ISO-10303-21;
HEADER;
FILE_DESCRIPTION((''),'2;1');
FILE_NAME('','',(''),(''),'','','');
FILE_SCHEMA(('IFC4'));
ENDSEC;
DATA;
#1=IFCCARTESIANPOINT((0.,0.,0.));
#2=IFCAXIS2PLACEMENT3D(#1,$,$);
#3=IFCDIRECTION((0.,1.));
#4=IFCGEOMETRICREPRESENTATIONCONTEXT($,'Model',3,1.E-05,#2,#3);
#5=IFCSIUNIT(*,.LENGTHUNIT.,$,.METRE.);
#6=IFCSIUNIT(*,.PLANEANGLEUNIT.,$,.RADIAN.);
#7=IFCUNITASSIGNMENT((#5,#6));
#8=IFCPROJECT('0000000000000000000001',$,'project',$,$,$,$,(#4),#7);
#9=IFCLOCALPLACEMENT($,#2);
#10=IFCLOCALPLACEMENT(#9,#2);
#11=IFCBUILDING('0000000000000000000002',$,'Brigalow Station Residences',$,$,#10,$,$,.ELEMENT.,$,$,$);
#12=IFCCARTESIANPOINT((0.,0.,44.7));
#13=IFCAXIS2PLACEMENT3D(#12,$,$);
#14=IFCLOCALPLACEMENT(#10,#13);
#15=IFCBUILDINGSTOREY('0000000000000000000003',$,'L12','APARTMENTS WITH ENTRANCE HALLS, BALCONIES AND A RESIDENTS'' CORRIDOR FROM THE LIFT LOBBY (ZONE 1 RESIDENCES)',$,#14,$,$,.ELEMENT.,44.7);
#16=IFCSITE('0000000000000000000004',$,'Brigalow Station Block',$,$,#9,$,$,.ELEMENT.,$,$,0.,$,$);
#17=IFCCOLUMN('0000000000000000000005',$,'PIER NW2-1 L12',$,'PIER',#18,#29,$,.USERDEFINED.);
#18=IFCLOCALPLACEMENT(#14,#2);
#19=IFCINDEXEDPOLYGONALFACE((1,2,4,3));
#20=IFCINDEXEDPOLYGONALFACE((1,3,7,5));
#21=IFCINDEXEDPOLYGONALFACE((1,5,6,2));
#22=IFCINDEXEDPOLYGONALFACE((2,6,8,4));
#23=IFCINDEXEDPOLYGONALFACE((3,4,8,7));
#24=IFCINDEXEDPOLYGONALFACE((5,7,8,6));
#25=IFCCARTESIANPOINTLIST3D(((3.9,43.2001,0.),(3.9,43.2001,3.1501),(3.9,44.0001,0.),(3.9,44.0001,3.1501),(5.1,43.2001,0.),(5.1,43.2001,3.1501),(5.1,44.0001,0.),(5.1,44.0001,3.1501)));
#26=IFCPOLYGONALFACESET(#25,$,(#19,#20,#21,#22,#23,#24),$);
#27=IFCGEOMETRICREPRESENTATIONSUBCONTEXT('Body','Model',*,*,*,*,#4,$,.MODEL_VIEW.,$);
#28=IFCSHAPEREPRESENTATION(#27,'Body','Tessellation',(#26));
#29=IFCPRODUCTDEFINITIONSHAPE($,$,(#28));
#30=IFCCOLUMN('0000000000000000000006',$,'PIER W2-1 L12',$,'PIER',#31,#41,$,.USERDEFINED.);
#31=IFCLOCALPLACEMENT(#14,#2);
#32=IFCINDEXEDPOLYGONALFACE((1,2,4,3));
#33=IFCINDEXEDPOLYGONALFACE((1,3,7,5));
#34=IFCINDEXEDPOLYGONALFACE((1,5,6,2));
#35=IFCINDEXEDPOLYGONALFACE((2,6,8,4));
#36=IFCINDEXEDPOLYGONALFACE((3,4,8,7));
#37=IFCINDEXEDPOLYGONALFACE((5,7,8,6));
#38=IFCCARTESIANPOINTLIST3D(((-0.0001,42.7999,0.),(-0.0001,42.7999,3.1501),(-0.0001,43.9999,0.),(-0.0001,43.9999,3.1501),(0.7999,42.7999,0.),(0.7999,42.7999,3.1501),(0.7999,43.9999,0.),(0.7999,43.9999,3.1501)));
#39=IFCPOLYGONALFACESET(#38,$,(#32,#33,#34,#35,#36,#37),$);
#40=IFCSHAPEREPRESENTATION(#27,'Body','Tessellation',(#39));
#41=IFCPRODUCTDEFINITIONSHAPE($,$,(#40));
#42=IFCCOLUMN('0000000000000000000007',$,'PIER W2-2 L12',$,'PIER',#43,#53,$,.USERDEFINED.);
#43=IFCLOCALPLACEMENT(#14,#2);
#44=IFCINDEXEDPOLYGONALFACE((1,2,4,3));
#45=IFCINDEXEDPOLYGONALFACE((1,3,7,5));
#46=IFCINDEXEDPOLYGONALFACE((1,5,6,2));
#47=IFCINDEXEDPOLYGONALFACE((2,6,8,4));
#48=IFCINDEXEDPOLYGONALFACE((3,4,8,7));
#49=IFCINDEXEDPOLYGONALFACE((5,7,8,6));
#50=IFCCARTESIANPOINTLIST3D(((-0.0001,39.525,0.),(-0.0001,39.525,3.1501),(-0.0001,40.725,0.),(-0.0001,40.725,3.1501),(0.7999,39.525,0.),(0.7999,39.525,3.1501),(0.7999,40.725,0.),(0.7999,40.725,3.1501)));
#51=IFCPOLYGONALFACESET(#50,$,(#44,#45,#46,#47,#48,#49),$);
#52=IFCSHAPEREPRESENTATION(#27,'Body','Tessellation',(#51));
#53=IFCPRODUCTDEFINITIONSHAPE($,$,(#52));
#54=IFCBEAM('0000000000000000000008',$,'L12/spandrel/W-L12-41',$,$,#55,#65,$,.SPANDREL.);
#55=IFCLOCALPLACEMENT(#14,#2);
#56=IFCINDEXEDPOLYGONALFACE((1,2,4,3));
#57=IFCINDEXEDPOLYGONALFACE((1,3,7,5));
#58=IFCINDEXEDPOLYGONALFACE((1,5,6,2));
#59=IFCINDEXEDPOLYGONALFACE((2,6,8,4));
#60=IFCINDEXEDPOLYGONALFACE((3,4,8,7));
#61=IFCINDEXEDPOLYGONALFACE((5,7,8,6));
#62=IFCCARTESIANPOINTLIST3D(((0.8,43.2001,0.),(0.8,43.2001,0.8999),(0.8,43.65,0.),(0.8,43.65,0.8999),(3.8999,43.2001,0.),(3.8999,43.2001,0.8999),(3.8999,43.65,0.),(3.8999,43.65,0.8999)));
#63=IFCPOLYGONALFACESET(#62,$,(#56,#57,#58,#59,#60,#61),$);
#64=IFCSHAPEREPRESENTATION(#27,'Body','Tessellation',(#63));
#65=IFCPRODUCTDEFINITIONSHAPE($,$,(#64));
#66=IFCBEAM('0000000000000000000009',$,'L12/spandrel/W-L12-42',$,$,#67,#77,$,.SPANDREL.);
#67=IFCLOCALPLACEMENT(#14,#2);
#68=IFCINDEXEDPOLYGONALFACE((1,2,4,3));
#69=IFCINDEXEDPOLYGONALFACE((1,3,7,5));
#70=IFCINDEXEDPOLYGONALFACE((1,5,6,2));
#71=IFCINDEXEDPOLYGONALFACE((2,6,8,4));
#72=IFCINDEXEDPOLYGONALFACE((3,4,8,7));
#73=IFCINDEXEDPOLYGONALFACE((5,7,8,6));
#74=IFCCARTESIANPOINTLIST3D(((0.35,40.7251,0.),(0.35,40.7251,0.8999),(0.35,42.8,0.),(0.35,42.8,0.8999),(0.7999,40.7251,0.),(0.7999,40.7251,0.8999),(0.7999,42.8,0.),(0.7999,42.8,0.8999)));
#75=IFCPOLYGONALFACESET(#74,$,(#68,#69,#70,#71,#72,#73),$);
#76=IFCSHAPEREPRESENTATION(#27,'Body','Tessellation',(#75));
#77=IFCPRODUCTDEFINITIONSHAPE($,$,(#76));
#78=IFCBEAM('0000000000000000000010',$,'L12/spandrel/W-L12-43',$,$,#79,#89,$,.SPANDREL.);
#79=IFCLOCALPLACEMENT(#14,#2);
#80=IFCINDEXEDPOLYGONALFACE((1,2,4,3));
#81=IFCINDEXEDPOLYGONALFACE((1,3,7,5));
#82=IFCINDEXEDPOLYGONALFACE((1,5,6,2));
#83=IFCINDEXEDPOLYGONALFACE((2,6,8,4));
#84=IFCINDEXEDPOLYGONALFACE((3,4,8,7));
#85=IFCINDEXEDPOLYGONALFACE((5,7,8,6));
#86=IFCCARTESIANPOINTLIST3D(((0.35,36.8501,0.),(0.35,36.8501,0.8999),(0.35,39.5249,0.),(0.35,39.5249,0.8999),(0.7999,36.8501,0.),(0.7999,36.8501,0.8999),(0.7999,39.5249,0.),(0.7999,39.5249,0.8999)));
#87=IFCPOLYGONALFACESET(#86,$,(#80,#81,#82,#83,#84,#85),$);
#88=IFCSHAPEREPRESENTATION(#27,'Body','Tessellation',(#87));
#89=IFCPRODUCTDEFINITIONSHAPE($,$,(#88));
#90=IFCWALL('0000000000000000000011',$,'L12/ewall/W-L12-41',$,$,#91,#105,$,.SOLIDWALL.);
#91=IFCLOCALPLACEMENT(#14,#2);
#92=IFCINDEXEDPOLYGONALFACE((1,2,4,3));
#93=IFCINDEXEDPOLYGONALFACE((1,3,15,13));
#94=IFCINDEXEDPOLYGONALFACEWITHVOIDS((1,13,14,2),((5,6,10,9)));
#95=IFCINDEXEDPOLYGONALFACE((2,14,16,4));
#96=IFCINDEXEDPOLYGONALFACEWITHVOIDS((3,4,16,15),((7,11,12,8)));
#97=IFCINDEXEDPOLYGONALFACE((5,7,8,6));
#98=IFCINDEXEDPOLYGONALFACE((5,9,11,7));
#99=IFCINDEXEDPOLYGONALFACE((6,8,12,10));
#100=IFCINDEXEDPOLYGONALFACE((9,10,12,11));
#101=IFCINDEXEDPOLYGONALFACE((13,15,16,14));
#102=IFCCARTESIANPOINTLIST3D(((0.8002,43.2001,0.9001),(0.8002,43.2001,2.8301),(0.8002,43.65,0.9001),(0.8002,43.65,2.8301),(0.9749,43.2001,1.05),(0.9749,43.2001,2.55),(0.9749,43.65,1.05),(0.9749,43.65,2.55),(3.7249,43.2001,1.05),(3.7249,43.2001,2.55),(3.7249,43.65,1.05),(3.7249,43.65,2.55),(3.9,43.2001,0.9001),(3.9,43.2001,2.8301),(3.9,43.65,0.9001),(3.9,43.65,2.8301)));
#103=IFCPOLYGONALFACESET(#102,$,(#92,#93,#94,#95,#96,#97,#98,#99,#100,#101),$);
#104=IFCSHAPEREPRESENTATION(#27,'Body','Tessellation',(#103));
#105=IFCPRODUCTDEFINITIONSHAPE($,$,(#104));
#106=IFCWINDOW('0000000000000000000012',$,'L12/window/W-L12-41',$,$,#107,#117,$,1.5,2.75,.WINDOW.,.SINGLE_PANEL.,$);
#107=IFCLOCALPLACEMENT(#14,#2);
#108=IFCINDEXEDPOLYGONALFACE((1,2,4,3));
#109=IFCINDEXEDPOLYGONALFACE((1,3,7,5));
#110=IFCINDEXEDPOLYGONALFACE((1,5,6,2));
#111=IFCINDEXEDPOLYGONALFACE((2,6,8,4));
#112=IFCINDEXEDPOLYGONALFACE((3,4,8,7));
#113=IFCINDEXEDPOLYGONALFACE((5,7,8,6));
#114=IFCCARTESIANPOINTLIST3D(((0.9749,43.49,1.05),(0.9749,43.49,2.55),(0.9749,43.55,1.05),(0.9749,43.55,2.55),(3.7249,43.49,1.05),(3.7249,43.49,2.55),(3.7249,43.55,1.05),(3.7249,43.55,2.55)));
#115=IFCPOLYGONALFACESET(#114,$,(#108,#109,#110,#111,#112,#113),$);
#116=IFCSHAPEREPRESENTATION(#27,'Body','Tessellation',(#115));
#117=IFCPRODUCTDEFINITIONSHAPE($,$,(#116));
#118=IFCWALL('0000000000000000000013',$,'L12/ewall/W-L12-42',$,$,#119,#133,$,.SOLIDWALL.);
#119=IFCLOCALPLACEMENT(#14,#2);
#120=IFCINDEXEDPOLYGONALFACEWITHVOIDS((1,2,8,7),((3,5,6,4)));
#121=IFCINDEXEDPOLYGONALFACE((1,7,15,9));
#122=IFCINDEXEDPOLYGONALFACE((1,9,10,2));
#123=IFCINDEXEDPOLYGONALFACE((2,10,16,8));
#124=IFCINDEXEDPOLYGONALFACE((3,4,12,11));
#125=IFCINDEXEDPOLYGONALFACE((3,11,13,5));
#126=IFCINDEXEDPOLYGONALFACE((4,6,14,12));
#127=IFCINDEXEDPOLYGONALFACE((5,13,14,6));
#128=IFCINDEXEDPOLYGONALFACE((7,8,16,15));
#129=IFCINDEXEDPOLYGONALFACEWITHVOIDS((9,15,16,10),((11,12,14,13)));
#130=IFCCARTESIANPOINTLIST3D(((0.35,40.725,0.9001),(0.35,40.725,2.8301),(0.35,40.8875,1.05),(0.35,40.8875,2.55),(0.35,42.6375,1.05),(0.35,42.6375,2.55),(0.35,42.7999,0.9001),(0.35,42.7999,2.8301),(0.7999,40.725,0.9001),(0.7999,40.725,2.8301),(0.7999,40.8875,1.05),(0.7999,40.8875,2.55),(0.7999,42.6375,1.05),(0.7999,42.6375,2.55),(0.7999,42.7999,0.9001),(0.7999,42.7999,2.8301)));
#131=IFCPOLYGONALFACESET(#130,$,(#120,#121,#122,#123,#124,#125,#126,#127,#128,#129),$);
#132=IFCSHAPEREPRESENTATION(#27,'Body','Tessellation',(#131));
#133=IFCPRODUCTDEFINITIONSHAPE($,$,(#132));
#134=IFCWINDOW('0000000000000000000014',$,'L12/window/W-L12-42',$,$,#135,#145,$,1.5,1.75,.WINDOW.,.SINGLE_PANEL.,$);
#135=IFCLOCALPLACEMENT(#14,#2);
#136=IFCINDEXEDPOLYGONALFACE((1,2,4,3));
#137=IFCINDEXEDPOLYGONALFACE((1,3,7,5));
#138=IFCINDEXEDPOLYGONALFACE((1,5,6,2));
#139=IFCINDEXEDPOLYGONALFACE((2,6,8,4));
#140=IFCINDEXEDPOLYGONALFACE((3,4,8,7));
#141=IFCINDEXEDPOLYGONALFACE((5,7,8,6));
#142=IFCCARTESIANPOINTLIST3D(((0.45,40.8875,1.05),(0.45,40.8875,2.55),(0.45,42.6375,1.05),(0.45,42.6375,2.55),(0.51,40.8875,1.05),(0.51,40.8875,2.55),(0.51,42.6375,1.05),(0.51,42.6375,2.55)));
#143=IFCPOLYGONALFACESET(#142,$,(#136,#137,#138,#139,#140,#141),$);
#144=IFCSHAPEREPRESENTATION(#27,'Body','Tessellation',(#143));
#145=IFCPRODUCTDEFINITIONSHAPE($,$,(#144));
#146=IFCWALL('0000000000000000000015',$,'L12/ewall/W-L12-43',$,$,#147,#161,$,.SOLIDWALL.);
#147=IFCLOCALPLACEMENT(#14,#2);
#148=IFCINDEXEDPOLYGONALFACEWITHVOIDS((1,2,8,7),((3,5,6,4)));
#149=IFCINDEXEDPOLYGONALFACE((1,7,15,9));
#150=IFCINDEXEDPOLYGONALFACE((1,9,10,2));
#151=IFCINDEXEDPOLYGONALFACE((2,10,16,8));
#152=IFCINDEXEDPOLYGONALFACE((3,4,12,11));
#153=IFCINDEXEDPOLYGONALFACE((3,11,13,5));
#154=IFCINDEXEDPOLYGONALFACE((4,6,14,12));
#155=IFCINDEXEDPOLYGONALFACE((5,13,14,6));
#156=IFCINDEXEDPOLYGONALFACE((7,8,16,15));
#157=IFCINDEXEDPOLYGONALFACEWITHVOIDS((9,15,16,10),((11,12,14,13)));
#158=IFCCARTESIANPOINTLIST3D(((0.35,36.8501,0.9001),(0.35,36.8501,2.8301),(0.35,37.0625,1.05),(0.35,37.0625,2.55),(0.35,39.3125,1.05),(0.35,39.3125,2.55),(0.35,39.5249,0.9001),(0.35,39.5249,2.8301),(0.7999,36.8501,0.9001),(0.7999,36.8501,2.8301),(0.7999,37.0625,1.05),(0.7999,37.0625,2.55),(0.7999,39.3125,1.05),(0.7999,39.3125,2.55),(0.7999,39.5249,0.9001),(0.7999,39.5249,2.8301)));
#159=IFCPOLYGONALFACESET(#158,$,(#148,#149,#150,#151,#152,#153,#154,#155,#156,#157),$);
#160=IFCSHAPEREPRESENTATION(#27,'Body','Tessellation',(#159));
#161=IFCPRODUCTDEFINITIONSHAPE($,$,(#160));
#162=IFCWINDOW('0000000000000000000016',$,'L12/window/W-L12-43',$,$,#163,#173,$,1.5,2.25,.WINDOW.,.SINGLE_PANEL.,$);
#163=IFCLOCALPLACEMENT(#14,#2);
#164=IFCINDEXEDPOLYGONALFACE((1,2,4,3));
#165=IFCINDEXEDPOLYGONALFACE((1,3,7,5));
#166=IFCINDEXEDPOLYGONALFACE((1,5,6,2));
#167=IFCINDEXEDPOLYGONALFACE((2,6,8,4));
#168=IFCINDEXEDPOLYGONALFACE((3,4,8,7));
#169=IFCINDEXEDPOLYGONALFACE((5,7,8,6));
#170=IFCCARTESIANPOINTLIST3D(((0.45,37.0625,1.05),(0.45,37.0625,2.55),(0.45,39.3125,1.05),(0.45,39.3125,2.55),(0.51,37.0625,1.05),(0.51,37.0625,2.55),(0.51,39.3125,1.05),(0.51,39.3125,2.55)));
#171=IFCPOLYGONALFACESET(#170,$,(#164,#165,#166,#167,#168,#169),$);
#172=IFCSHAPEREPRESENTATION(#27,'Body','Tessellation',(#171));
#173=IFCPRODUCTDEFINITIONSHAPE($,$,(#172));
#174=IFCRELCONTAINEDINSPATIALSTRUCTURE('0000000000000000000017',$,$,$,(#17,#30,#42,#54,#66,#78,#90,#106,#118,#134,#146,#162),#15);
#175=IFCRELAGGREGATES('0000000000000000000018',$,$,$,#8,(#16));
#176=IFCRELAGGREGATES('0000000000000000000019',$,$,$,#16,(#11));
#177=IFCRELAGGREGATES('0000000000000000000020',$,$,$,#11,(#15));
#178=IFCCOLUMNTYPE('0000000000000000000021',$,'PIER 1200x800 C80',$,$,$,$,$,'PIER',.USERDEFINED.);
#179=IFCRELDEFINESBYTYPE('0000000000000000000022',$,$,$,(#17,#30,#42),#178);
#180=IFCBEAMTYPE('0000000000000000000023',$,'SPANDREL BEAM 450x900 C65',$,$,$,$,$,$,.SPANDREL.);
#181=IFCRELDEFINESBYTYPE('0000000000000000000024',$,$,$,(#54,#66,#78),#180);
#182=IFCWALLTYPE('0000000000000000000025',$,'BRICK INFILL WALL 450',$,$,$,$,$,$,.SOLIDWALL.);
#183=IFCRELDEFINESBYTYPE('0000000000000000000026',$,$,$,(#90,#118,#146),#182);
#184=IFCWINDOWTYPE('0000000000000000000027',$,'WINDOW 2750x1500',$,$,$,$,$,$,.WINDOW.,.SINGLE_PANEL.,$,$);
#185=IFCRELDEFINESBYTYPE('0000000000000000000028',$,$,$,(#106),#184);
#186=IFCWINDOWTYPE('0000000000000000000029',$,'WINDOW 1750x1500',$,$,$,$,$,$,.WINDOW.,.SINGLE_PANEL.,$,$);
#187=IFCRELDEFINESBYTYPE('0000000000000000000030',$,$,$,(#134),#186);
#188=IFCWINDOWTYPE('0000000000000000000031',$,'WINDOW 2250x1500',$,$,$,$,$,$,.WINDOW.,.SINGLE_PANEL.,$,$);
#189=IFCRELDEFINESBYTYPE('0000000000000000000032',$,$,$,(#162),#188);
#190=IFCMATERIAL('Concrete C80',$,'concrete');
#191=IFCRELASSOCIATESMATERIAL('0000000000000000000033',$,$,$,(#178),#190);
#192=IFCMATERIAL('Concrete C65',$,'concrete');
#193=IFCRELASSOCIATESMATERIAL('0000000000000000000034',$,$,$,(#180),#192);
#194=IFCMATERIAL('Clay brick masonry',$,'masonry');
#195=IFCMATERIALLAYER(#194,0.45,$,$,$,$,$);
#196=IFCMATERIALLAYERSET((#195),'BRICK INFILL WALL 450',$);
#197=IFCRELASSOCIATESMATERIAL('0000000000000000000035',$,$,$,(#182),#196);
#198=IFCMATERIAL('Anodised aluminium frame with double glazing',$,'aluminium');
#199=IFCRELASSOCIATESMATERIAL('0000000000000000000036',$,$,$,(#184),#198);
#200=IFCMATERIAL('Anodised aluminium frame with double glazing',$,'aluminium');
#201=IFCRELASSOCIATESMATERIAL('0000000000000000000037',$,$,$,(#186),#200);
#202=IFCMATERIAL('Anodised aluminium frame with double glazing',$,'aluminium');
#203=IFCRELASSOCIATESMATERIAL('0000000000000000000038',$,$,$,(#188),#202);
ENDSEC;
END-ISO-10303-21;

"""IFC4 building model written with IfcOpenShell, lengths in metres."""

from ifc_helpers import new_model, si_unit, direction, frame, frame_2d, origin, origin_2d, place, context, subcontext, project, spatial, rectangle, extrude, material, layer, layer_set, material_profile, profile_set, type_object, element, fill, save


model = new_model("IFC4")

# Units and contexts
model_context = context("Model", 3, precision=1e-05, world=origin(), true_north=direction((0.0, 1.0)))
body_context = subcontext(model_context, "Body", "Model", "MODEL_VIEW")
ifc_project = project(units=[si_unit("LENGTHUNIT", "METRE"), si_unit("PLANEANGLEUNIT", "RADIAN")], contexts=[model_context])

# Site, building, storey
site_placement = place(None, origin())
site = spatial("IfcSite", under=ifc_project, at=site_placement, Name="Brigalow Station Block", CompositionType="ELEMENT", RefElevation=0.0)
building_placement = place(site_placement, origin())
building = spatial("IfcBuilding", under=site, at=building_placement, Name="Brigalow Station Residences", CompositionType="ELEMENT")
storey_placement = place(building_placement, frame((0.0, 0.0, 44.7)))
storey = spatial("IfcBuildingStorey", under=building, at=storey_placement, Name="L12", Description="APARTMENTS WITH ENTRANCE HALLS, BALCONIES AND A RESIDENTS' CORRIDOR FROM THE LIFT LOBBY (ZONE 1 RESIDENCES)", CompositionType="ELEMENT", Elevation=44.7)

# Columns
ifc_material_1 = material(Name="Concrete C80", Category="concrete")
ifc_material_profile_1 = material_profile(ifc_material_1, rectangle(XDim=1.2, YDim=0.8, at=origin_2d()), Name="RC1200x800")
ifc_profile_set_1 = profile_set([ifc_material_profile_1], Name="Concrete C80")
column_type = type_object("IfcColumnType", Name="PIER 1200x800 C80", ElementType="PIER", PredefinedType="USERDEFINED", material=ifc_profile_set_1)
for number, where, z_axis, x_axis, name in (
    (1, (4.5, 43.6001, 0.0), (0.0, 0.0, 1.0), (-1.0, 0.0, 0.0), "PIER NW2-1 L12"),
    (2, (0.3999, 43.3999, 0.0), (0.0, 0.0, 1.0), (0.0, -1.0, 0.0), "PIER W2-1 L12"),
    (3, (0.3999, 40.125, 0.0), (0.0, 0.0, 1.0), (0.0, -1.0, 0.0), "PIER W2-2 L12"),
):
    element("IfcColumn", number, at=place(storey_placement, frame(where, z_axis=z_axis, x_axis=x_axis)), inside=storey, type_object=column_type, Name=name, ObjectType="PIER", PredefinedType="USERDEFINED", context=body_context, shape_type="SweptSolid", body=[
        extrude(rectangle(XDim=1.2, YDim=0.8, at=origin_2d()), origin(), (0.0, 0.0, 1.0), 3.1501),
    ])

# Beams
ifc_material_2 = material(Name="Concrete C65", Category="concrete")
ifc_material_profile_2 = material_profile(ifc_material_2, rectangle(XDim=0.45, YDim=0.8999, at=origin_2d()), Name="RC450x900")
ifc_profile_set_2 = profile_set([ifc_material_profile_2], Name="Concrete C65")
beam_type = type_object("IfcBeamType", Name="SPANDREL BEAM 450x900 C65", PredefinedType="SPANDREL", material=ifc_profile_set_2)
beam_1_placement = place(storey_placement, frame((3.8999, 43.425, 0.45), z_axis=(-1.0, 0.0, 0.0), x_axis=(0.0, -1.0, 0.0)))
element("IfcBeam", 4, at=beam_1_placement, inside=storey, type_object=beam_type, Name="L12/spandrel/W-L12-41", PredefinedType="SPANDREL", context=body_context, shape_type="SweptSolid", body=[
    extrude(rectangle(XDim=0.45, YDim=0.8999, at=origin_2d()), origin(), (0.0, 0.0, 1.0), 3.0999),
])
beam_2_placement = place(storey_placement, frame((0.575, 42.8, 0.45), z_axis=(0.0, -1.0, 0.0), x_axis=(1.0, 0.0, 0.0)))
element("IfcBeam", 5, at=beam_2_placement, inside=storey, type_object=beam_type, Name="L12/spandrel/W-L12-42", PredefinedType="SPANDREL", context=body_context, shape_type="SweptSolid", body=[
    extrude(rectangle(XDim=0.45, YDim=0.8999, at=origin_2d()), origin(), (0.0, 0.0, 1.0), 2.075),
])
beam_3_placement = place(storey_placement, frame((0.575, 39.5249, 0.45), z_axis=(0.0, -1.0, 0.0), x_axis=(1.0, 0.0, 0.0)))
element("IfcBeam", 6, at=beam_3_placement, inside=storey, type_object=beam_type, Name="L12/spandrel/W-L12-43", PredefinedType="SPANDREL", context=body_context, shape_type="SweptSolid", body=[
    extrude(rectangle(XDim=0.45, YDim=0.8999, at=origin_2d()), origin(), (0.0, 0.0, 1.0), 2.6748),
])

# Walls, openings, windows
ifc_material_3 = material(Name="Clay brick masonry", Category="masonry")
ifc_layer_1 = layer(ifc_material_3, 0.45)
ifc_layer_set_1 = layer_set([ifc_layer_1], Name="BRICK INFILL WALL 450")
wall_type_1 = type_object("IfcWallType", Name="BRICK INFILL WALL 450", PredefinedType="SOLIDWALL", material=ifc_layer_set_1)
wall_1_placement = place(storey_placement, frame((3.8999, 43.425, 0.9001), z_axis=(0.0, 0.0, 1.0), x_axis=(-1.0, 0.0, 0.0)))
wall_1 = element("IfcWall", 7, at=wall_1_placement, inside=storey, type_object=wall_type_1, Name="L12/ewall/W-L12-41", PredefinedType="SOLIDWALL", context=body_context, shape_type="SweptSolid", body=[
    extrude(rectangle(XDim=3.0999, YDim=0.45, at=frame_2d((1.5498, 0.0))), origin(), (0.0, 0.0, 1.0), 1.9299),
])
opening_1_placement = place(wall_1_placement, frame((0.175, 0.0, 0.1499)))
opening_1 = element("IfcOpeningElement", 8, at=opening_1_placement, cuts=wall_1, PredefinedType="OPENING", context=body_context, shape_type="SweptSolid", body=[
    extrude(rectangle(XDim=2.75, YDim=1.5, at=frame_2d((1.375, 0.75))), frame((0.0, 0.2349, 0.0), z_axis=(0.0, -1.0, 0.0), x_axis=(1.0, 0.0, 0.0)), (0.0, 0.0, 1.0), 0.47),
])
ifc_material_4 = material(Name="Anodised aluminium frame with double glazing", Category="aluminium")
window_type_1 = type_object("IfcWindowType", Name="WINDOW 2750x1500", PartitioningType="SINGLE_PANEL", PredefinedType="WINDOW", material=ifc_material_4)
window_1_placement = place(opening_1_placement, origin())
window_1 = element("IfcWindow", 9, at=window_1_placement, inside=storey, type_object=window_type_1, Name="L12/window/W-L12-41", OverallHeight=1.5, OverallWidth=2.75, PartitioningType="SINGLE_PANEL", PredefinedType="WINDOW", context=body_context, shape_type="SweptSolid", body=[
    extrude(rectangle(XDim=2.75, YDim=1.5, at=frame_2d((1.375, 0.75))), frame((0.0, -0.0649, 0.0), z_axis=(0.0, -1.0, 0.0), x_axis=(1.0, 0.0, 0.0)), (0.0, 0.0, 1.0), 0.0601),
])
fill(opening_1, window_1)
wall_2_placement = place(storey_placement, frame((0.575, 42.8, 0.9001), z_axis=(0.0, 0.0, 1.0), x_axis=(0.0, -1.0, 0.0)))
wall_2 = element("IfcWall", 10, at=wall_2_placement, inside=storey, type_object=wall_type_1, Name="L12/ewall/W-L12-42", PredefinedType="SOLIDWALL", context=body_context, shape_type="SweptSolid", body=[
    extrude(rectangle(XDim=2.075, YDim=0.45, at=frame_2d((1.0376, 0.0))), origin(), (0.0, 0.0, 1.0), 1.9299),
])
opening_2_placement = place(wall_2_placement, frame((0.1626, 0.0, 0.1499)))
opening_2 = element("IfcOpeningElement", 11, at=opening_2_placement, cuts=wall_2, PredefinedType="OPENING", context=body_context, shape_type="SweptSolid", body=[
    extrude(rectangle(XDim=1.75, YDim=1.5, at=frame_2d((0.875, 0.75))), frame((0.0, 0.2349, 0.0), z_axis=(0.0, -1.0, 0.0), x_axis=(1.0, 0.0, 0.0)), (0.0, 0.0, 1.0), 0.47),
])
ifc_material_5 = material(Name="Anodised aluminium frame with double glazing", Category="aluminium")
window_type_2 = type_object("IfcWindowType", Name="WINDOW 1750x1500", PartitioningType="SINGLE_PANEL", PredefinedType="WINDOW", material=ifc_material_5)
window_2_placement = place(opening_2_placement, origin())
window_2 = element("IfcWindow", 12, at=window_2_placement, inside=storey, type_object=window_type_2, Name="L12/window/W-L12-42", OverallHeight=1.5, OverallWidth=1.75, PartitioningType="SINGLE_PANEL", PredefinedType="WINDOW", context=body_context, shape_type="SweptSolid", body=[
    extrude(rectangle(XDim=1.75, YDim=1.5, at=frame_2d((0.875, 0.75))), frame((0.0, -0.0649, 0.0), z_axis=(0.0, -1.0, 0.0), x_axis=(1.0, 0.0, 0.0)), (0.0, 0.0, 1.0), 0.0601),
])
fill(opening_2, window_2)
wall_3_placement = place(storey_placement, frame((0.575, 39.5249, 0.9001), z_axis=(0.0, 0.0, 1.0), x_axis=(0.0, -1.0, 0.0)))
wall_3 = element("IfcWall", 13, at=wall_3_placement, inside=storey, type_object=wall_type_1, Name="L12/ewall/W-L12-43", PredefinedType="SOLIDWALL", context=body_context, shape_type="SweptSolid", body=[
    extrude(rectangle(XDim=2.6748, YDim=0.45, at=frame_2d((1.3374, 0.0))), origin(), (0.0, 0.0, 1.0), 1.9299),
])
opening_3_placement = place(wall_3_placement, frame((0.2124, 0.0, 0.1499)))
opening_3 = element("IfcOpeningElement", 14, at=opening_3_placement, cuts=wall_3, PredefinedType="OPENING", context=body_context, shape_type="SweptSolid", body=[
    extrude(rectangle(XDim=2.25, YDim=1.5, at=frame_2d((1.125, 0.75))), frame((0.0, 0.2349, 0.0), z_axis=(0.0, -1.0, 0.0), x_axis=(1.0, 0.0, 0.0)), (0.0, 0.0, 1.0), 0.47),
])
ifc_material_6 = material(Name="Anodised aluminium frame with double glazing", Category="aluminium")
window_type_3 = type_object("IfcWindowType", Name="WINDOW 2250x1500", PartitioningType="SINGLE_PANEL", PredefinedType="WINDOW", material=ifc_material_6)
window_3_placement = place(opening_3_placement, origin())
window_3 = element("IfcWindow", 15, at=window_3_placement, inside=storey, type_object=window_type_3, Name="L12/window/W-L12-43", OverallHeight=1.5, OverallWidth=2.25, PartitioningType="SINGLE_PANEL", PredefinedType="WINDOW", context=body_context, shape_type="SweptSolid", body=[
    extrude(rectangle(XDim=2.25, YDim=1.5, at=frame_2d((1.125, 0.75))), frame((0.0, -0.0649, 0.0), z_axis=(0.0, -1.0, 0.0), x_axis=(1.0, 0.0, 0.0)), (0.0, 0.0, 1.0), 0.0601),
])
fill(opening_3, window_3)

save(model, "model.ifc")
